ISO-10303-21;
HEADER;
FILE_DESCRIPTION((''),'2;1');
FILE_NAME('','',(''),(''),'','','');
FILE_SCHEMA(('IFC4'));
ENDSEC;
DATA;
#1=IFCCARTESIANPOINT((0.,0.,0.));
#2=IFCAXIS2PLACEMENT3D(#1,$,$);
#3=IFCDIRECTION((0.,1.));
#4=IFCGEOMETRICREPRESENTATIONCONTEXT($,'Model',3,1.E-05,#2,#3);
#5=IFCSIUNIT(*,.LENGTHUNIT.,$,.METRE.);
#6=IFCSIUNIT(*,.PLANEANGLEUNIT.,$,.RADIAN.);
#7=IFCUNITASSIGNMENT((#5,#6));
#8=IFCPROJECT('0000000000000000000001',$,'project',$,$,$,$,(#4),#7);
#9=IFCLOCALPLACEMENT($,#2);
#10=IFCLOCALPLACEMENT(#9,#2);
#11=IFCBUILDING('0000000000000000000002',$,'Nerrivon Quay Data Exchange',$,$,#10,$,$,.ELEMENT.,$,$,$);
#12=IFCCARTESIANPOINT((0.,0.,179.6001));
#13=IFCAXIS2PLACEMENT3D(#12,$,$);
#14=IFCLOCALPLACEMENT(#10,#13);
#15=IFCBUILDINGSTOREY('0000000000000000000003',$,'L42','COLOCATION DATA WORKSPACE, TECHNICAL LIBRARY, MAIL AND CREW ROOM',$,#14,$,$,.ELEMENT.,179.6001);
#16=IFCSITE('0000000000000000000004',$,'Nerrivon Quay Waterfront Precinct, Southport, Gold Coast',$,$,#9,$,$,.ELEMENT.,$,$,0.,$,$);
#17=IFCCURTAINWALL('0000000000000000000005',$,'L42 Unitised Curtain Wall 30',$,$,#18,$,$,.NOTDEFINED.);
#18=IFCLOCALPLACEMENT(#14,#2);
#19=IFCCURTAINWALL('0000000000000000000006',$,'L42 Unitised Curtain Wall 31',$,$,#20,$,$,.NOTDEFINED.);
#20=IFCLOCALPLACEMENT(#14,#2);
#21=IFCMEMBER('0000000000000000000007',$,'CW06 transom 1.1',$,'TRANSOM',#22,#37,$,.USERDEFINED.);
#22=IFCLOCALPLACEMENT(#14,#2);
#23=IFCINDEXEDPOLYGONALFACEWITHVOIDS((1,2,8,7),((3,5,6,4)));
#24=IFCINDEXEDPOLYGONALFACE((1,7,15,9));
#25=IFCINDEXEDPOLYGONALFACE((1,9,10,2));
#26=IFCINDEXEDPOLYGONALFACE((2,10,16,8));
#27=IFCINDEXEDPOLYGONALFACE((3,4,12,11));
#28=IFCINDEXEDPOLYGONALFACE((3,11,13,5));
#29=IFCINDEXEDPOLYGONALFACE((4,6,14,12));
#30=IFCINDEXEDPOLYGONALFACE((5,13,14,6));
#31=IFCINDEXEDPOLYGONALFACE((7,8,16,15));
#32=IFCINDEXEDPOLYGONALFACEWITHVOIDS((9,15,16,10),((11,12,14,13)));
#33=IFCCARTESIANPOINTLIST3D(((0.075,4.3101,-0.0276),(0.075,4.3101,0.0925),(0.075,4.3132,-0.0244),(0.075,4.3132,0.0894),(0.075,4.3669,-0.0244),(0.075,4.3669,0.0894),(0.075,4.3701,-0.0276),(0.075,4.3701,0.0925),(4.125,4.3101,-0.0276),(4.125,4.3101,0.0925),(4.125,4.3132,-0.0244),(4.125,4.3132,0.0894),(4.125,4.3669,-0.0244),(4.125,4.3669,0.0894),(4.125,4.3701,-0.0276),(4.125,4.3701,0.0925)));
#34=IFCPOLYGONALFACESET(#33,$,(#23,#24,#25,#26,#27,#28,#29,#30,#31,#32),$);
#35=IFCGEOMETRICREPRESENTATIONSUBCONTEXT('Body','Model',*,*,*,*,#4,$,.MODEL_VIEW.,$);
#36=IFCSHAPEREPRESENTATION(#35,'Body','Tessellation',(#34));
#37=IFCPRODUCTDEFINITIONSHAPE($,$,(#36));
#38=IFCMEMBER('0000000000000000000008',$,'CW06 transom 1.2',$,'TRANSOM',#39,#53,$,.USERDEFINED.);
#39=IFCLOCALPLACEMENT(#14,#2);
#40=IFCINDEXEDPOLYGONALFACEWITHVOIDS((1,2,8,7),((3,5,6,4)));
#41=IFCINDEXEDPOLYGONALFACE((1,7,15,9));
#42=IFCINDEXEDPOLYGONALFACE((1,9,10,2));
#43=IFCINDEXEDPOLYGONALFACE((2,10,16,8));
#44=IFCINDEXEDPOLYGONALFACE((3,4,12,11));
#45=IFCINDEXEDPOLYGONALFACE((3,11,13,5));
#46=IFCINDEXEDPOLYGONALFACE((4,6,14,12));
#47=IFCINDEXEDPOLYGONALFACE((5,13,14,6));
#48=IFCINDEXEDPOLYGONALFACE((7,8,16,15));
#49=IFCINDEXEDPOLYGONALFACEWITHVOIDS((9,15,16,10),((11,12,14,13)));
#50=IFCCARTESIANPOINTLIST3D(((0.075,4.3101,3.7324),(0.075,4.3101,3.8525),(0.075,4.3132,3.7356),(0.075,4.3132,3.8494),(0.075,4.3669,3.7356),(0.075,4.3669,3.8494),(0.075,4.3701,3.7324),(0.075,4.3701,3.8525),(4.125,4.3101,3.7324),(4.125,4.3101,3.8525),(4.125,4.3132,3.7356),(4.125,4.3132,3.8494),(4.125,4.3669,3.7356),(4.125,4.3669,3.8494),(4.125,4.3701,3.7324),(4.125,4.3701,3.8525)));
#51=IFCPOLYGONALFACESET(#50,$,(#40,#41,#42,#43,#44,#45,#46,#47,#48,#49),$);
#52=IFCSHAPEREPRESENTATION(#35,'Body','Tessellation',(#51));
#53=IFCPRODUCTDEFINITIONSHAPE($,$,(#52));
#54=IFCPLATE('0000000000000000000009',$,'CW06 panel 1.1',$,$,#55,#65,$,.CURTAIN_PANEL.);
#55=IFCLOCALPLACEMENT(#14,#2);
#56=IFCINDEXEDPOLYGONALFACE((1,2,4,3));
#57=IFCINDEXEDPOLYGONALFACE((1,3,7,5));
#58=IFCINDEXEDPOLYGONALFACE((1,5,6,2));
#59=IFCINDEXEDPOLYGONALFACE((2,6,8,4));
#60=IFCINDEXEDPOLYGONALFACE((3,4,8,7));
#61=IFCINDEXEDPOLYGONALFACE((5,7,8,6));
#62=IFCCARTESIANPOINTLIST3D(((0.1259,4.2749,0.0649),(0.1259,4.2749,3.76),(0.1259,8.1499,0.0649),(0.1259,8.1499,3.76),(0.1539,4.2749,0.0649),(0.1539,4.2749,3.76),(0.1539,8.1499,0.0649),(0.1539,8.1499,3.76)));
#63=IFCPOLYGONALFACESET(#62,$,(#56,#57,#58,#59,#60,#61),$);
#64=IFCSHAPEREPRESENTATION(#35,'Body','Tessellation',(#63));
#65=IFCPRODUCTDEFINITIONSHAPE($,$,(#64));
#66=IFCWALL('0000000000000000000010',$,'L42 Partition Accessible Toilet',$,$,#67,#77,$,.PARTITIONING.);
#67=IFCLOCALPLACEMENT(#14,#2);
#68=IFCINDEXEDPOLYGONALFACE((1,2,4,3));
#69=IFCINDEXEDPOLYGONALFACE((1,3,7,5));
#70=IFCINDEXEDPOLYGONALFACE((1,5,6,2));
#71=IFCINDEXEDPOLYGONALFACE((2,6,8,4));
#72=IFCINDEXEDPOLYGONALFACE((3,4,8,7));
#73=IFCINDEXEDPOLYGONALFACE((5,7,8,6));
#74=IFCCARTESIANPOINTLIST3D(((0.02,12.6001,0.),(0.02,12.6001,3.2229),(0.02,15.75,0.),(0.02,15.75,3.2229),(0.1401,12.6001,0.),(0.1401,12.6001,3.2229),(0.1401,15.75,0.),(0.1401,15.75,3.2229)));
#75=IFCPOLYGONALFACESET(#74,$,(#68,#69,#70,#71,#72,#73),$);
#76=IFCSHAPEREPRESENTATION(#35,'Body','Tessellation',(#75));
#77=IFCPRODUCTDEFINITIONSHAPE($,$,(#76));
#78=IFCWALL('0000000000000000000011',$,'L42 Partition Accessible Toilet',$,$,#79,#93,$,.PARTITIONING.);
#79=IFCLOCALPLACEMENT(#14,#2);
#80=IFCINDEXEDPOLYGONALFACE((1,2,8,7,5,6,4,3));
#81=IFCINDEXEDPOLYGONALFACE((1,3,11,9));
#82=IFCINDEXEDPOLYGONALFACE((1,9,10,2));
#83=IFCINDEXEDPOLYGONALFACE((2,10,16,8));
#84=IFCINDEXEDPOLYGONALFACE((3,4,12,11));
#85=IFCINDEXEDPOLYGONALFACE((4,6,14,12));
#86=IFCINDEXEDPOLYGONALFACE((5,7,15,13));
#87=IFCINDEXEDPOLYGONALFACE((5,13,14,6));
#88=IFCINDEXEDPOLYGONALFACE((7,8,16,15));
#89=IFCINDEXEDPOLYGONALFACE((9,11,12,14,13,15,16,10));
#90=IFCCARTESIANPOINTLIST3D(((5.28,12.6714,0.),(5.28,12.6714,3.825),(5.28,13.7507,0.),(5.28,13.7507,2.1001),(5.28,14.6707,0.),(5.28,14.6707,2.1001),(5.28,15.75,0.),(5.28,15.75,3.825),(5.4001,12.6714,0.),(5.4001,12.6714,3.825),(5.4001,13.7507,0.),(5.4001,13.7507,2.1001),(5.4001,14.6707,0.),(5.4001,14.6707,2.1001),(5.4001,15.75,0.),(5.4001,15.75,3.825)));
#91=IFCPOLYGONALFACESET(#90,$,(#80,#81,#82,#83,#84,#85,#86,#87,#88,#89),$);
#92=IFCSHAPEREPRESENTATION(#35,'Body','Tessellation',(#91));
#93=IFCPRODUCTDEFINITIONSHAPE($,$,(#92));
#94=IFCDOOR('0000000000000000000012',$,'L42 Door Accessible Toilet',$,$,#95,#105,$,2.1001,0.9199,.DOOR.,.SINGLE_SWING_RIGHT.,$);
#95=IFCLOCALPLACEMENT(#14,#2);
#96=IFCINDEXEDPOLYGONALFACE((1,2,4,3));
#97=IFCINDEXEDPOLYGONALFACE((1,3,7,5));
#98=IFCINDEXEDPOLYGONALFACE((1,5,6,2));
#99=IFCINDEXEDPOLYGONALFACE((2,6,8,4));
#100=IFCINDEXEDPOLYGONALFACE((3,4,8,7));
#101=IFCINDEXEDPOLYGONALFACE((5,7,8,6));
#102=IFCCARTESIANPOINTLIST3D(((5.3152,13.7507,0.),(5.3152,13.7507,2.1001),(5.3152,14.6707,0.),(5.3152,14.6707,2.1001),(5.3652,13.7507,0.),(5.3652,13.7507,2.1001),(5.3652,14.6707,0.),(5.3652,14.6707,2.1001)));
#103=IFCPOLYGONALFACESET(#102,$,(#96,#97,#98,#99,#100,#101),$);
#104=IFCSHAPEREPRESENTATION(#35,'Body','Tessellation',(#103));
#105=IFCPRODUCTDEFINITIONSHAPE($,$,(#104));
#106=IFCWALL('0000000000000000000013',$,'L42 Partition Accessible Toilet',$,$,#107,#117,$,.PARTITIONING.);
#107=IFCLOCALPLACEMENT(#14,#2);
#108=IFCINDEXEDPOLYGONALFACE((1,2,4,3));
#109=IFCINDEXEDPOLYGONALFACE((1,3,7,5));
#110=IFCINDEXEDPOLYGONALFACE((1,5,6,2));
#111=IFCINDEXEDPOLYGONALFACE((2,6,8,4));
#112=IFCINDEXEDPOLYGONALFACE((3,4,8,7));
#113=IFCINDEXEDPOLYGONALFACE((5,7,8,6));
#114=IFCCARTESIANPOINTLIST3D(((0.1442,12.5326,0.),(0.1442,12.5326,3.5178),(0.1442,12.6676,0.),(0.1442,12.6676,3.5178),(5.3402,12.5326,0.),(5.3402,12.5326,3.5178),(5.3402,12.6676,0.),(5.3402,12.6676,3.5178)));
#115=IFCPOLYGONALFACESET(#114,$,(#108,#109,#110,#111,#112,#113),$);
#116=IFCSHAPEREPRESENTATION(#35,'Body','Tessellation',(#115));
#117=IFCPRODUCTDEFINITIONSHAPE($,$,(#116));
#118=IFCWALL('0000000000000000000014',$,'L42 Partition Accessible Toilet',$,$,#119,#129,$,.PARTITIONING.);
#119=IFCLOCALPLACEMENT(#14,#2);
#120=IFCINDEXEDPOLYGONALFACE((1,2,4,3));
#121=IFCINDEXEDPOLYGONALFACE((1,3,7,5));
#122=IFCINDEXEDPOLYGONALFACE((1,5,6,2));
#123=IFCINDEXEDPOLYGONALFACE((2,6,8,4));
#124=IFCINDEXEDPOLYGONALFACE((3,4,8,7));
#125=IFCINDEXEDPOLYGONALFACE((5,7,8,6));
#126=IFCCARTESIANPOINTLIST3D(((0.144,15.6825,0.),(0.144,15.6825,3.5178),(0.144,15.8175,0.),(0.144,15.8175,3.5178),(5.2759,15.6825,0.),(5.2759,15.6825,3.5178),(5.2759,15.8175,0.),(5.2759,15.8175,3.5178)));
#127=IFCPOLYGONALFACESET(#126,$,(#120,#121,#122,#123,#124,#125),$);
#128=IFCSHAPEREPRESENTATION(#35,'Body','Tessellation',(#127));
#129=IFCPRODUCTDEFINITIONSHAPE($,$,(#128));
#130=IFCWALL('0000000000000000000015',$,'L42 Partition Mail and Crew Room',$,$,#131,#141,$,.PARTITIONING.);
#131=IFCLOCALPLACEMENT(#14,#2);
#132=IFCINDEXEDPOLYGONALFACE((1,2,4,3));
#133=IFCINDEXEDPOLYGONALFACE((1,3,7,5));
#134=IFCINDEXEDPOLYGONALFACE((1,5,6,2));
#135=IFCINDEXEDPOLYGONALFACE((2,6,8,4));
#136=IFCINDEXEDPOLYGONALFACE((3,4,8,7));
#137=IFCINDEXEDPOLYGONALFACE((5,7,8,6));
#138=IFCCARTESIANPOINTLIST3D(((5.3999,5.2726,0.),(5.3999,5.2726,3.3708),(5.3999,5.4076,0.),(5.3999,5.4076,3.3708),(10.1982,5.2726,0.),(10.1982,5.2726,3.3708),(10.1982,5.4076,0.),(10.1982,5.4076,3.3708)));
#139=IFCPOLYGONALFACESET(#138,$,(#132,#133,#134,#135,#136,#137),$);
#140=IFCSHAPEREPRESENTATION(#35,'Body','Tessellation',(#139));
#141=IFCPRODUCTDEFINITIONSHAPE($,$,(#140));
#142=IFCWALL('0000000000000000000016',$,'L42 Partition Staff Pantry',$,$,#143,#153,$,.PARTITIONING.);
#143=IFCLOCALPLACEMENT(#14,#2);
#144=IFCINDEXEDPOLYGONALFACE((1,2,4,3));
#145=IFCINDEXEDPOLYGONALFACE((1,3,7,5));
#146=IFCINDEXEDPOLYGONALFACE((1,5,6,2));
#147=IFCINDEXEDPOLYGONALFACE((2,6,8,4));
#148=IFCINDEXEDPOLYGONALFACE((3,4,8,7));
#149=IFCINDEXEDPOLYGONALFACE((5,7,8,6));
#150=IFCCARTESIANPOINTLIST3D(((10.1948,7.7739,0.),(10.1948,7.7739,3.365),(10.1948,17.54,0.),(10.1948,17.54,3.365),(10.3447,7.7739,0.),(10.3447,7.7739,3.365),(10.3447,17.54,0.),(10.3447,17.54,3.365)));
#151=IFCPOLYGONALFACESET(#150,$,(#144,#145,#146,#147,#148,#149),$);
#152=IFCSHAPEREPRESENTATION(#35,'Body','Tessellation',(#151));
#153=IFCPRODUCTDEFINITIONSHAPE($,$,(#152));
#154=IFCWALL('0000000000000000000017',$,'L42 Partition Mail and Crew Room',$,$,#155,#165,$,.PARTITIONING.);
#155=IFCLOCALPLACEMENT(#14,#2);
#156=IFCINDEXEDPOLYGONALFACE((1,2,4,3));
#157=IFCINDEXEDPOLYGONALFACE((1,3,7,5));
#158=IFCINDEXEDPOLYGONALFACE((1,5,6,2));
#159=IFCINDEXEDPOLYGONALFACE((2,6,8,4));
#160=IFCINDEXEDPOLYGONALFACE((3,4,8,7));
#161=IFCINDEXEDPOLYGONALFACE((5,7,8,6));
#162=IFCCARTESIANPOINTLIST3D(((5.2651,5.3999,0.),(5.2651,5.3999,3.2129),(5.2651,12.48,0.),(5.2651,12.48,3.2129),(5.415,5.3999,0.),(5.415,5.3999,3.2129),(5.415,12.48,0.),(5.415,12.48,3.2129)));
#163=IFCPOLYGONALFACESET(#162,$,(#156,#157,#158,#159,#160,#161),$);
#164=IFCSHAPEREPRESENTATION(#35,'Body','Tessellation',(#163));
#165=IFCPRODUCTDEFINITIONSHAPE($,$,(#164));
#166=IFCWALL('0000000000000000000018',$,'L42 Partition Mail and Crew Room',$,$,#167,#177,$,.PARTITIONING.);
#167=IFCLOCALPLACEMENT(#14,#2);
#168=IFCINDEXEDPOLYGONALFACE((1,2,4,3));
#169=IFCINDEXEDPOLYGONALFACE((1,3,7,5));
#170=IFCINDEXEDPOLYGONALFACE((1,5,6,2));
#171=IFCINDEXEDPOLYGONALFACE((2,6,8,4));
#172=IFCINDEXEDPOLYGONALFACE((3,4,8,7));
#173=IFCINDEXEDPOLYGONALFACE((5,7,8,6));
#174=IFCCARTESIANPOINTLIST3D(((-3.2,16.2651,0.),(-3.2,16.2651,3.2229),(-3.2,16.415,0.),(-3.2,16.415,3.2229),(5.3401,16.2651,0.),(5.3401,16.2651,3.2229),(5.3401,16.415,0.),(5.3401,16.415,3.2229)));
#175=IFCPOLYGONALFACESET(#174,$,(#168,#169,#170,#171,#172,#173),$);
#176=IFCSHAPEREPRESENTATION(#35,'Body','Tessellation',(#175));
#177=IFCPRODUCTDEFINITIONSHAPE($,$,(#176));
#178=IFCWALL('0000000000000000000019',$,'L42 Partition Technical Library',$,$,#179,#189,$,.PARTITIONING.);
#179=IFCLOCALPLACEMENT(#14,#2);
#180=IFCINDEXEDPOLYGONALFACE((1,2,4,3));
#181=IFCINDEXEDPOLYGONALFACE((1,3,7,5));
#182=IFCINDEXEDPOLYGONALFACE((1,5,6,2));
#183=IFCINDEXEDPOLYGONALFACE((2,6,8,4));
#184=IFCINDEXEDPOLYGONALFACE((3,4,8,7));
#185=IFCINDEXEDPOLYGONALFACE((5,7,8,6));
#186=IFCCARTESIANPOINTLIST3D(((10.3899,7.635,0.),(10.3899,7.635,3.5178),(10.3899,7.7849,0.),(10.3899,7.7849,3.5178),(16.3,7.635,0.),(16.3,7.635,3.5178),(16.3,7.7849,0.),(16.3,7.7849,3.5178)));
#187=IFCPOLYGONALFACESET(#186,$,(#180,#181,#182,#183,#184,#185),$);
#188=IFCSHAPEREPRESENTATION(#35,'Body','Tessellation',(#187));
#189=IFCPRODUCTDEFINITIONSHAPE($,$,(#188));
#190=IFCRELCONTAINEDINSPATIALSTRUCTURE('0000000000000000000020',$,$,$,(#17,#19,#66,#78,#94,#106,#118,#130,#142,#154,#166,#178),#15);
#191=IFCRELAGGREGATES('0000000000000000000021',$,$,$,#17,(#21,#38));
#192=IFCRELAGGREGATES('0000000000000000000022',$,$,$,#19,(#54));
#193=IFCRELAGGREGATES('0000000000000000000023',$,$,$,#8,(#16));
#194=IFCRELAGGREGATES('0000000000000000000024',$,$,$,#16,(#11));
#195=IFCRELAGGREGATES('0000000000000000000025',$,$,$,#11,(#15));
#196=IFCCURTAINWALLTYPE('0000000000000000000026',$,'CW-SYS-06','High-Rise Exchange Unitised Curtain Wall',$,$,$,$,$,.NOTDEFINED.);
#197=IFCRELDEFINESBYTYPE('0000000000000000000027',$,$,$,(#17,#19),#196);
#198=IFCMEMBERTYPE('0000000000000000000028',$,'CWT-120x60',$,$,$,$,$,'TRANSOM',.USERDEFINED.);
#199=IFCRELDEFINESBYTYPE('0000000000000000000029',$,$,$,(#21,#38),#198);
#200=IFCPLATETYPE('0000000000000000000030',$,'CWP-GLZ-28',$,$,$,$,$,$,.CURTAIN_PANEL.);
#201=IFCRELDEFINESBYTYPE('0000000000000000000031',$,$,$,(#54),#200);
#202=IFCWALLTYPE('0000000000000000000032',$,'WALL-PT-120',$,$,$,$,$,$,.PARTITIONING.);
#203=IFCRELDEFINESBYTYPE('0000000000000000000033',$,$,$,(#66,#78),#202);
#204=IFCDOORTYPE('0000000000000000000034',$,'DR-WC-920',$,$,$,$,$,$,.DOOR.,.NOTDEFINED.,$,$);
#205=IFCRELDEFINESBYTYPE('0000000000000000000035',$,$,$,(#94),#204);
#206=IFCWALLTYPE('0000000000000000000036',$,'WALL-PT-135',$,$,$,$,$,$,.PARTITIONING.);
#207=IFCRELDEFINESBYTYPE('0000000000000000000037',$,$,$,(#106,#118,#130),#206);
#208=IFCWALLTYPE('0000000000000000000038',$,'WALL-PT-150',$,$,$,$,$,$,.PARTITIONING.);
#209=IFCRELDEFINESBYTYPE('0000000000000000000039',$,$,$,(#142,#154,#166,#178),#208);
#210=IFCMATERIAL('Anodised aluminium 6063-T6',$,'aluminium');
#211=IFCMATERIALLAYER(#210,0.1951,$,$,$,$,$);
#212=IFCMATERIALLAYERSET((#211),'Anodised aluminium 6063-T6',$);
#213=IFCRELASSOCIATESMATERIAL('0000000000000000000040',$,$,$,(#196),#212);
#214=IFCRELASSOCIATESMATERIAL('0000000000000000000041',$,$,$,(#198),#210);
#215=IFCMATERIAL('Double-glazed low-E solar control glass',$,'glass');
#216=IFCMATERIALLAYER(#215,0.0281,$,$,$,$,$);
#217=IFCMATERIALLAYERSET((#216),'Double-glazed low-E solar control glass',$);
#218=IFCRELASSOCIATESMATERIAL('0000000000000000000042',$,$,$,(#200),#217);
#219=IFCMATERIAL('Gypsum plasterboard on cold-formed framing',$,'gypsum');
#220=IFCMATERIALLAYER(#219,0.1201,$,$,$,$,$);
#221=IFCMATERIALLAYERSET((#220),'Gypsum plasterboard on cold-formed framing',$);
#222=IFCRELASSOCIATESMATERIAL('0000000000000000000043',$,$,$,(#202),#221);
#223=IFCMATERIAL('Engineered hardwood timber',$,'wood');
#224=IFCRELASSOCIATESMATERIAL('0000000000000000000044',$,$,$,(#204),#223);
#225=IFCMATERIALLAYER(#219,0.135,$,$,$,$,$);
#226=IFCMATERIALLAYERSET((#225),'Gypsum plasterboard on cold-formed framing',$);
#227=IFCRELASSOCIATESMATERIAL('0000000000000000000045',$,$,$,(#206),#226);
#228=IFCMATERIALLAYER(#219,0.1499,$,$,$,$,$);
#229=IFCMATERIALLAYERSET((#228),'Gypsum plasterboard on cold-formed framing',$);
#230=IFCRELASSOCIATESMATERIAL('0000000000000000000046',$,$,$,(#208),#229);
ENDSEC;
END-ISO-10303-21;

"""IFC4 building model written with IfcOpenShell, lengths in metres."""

from ifc_helpers import new_model, si_unit, direction, frame, frame_2d, origin, origin_2d, place, context, subcontext, project, spatial, rectangle, hollow_rectangle, extrude, material, layer, layer_set, material_profile, profile_set, type_object, element, fill, aggregate, save


model = new_model("IFC4")

# Units and contexts
model_context = context("Model", 3, precision=1e-05, world=origin(), true_north=direction((0.0, 1.0)))
body_context = subcontext(model_context, "Body", "Model", "MODEL_VIEW")
ifc_project = project(units=[si_unit("LENGTHUNIT", "METRE"), si_unit("PLANEANGLEUNIT", "RADIAN")], contexts=[model_context])

# Site, building, storey
site_placement = place(None, origin())
site = spatial("IfcSite", under=ifc_project, at=site_placement, Name="Nerrivon Quay Waterfront Precinct, Southport, Gold Coast", CompositionType="ELEMENT", RefElevation=0.0)
building_placement = place(site_placement, origin())
building = spatial("IfcBuilding", under=site, at=building_placement, Name="Nerrivon Quay Data Exchange", CompositionType="ELEMENT")
storey_placement = place(building_placement, frame((0.0, 0.0, 179.6001)))
storey = spatial("IfcBuildingStorey", under=building, at=storey_placement, Name="L42", Description="COLOCATION DATA WORKSPACE, TECHNICAL LIBRARY, MAIL AND CREW ROOM", CompositionType="ELEMENT", Elevation=179.6001)

# Curtain walls
ifc_material_1 = material(Name="Anodised aluminium 6063-T6", Category="aluminium")
ifc_layer_1 = layer(ifc_material_1, 0.1951)
ifc_layer_set_1 = layer_set([ifc_layer_1], Name="Anodised aluminium 6063-T6")
curtain_wall_type = type_object("IfcCurtainWallType", Name="CW-SYS-06", Description="High-Rise Exchange Unitised Curtain Wall", PredefinedType="NOTDEFINED", material=ifc_layer_set_1)
curtain_wall_1_placement = place(storey_placement, origin())
curtain_wall_1 = element("IfcCurtainWall", 1, at=curtain_wall_1_placement, inside=storey, type_object=curtain_wall_type, Name="L42 Unitised Curtain Wall 30", PredefinedType="NOTDEFINED")
curtain_wall_2_placement = place(storey_placement, origin())
curtain_wall_2 = element("IfcCurtainWall", 2, at=curtain_wall_2_placement, inside=storey, type_object=curtain_wall_type, Name="L42 Unitised Curtain Wall 31", PredefinedType="NOTDEFINED")

# Members
ifc_material_profile_1 = material_profile(ifc_material_1, hollow_rectangle(XDim=0.0601, YDim=0.1201, WallThickness=0.0032, at=origin_2d()), Name="ALU-TRAN-120x60")
ifc_profile_set_1 = profile_set([ifc_material_profile_1], Name="Anodised aluminium 6063-T6")
member_type_1 = type_object("IfcMemberType", Name="CWT-120x60", ElementType="TRANSOM", PredefinedType="USERDEFINED", material=ifc_profile_set_1)
member_1_placement = place(storey_placement, frame((4.125, 4.3401, 0.0325), z_axis=(-1.0, 0.0, 0.0), x_axis=(0.0, -1.0, 0.0)))
member_1 = element("IfcMember", 3, at=member_1_placement, type_object=member_type_1, Name="CW06 transom 1.1", ObjectType="TRANSOM", PredefinedType="USERDEFINED", context=body_context, shape_type="SweptSolid", body=[
    extrude(hollow_rectangle(XDim=0.0601, YDim=0.1201, WallThickness=0.0032, at=origin_2d()), origin(), (0.0, 0.0, 1.0), 4.05),
])
member_2_placement = place(storey_placement, frame((4.125, 4.3401, 3.7925), z_axis=(-1.0, 0.0, 0.0), x_axis=(0.0, -1.0, 0.0)))
member_2 = element("IfcMember", 4, at=member_2_placement, type_object=member_type_1, Name="CW06 transom 1.2", ObjectType="TRANSOM", PredefinedType="USERDEFINED", context=body_context, shape_type="SweptSolid", body=[
    extrude(hollow_rectangle(XDim=0.0601, YDim=0.1201, WallThickness=0.0032, at=origin_2d()), origin(), (0.0, 0.0, 1.0), 4.05),
])
aggregate(curtain_wall_1, [member_1, member_2])

# Plate
ifc_material_2 = material(Name="Double-glazed low-E solar control glass", Category="glass")
ifc_layer_2 = layer(ifc_material_2, 0.0281)
ifc_layer_set_2 = layer_set([ifc_layer_2], Name="Double-glazed low-E solar control glass")
plate_type = type_object("IfcPlateType", Name="CWP-GLZ-28", PredefinedType="CURTAIN_PANEL", material=ifc_layer_set_2)
plate_placement = place(storey_placement, frame((0.1399, 6.2124, 0.0649), z_axis=(0.0, 0.0, 1.0), x_axis=(0.0, 1.0, 0.0)))
plate = element("IfcPlate", 5, at=plate_placement, type_object=plate_type, Name="CW06 panel 1.1", PredefinedType="CURTAIN_PANEL", context=body_context, shape_type="SweptSolid", body=[
    extrude(rectangle(XDim=3.875, YDim=0.0281, at=origin_2d()), origin(), (0.0, 0.0, 1.0), 3.6951),
])
aggregate(curtain_wall_2, [plate])

# Wall
ifc_material_3 = material(Name="Gypsum plasterboard on cold-formed framing", Category="gypsum")
ifc_layer_3 = layer(ifc_material_3, 0.1201)
ifc_layer_set_3 = layer_set([ifc_layer_3], Name="Gypsum plasterboard on cold-formed framing")
wall_type_1 = type_object("IfcWallType", Name="WALL-PT-120", PredefinedType="PARTITIONING", material=ifc_layer_set_3)
wall_1_placement = place(storey_placement, frame((0.0801, 15.75, 0.0), z_axis=(0.0, 0.0, 1.0), x_axis=(0.0, -1.0, 0.0)))
element("IfcWall", 6, at=wall_1_placement, inside=storey, type_object=wall_type_1, Name="L42 Partition Accessible Toilet", PredefinedType="PARTITIONING", context=body_context, shape_type="SweptSolid", body=[
    extrude(rectangle(XDim=3.1499, YDim=0.1201, at=frame_2d((1.575, 0.0))), origin(), (0.0, 0.0, 1.0), 3.2229),
])

# Wall, opening, door
wall_2_placement = place(storey_placement, frame((5.3401, 12.6714, 0.0), z_axis=(0.0, 0.0, 1.0), x_axis=(0.0, 1.0, 0.0)))
wall_2 = element("IfcWall", 7, at=wall_2_placement, inside=storey, type_object=wall_type_1, Name="L42 Partition Accessible Toilet", PredefinedType="PARTITIONING", context=body_context, shape_type="SweptSolid", body=[
    extrude(rectangle(XDim=3.0786, YDim=0.1201, at=frame_2d((1.5393, 0.0))), origin(), (0.0, 0.0, 1.0), 3.825),
])
opening_placement = place(wall_2_placement, frame((1.0793, 0.0, 0.0)))
opening = element("IfcOpeningElement", 8, at=opening_placement, cuts=wall_2, PredefinedType="OPENING", context=body_context, shape_type="SweptSolid", body=[
    extrude(rectangle(XDim=0.9199, YDim=2.1001, at=frame_2d((0.46, 1.05))), frame((0.0, 0.0701, 0.0), z_axis=(0.0, -1.0, 0.0), x_axis=(1.0, 0.0, 0.0)), (0.0, 0.0, 1.0), 0.1401),
])
ifc_material_4 = material(Name="Engineered hardwood timber", Category="wood")
door_type = type_object("IfcDoorType", Name="DR-WC-920", OperationType="NOTDEFINED", PredefinedType="DOOR", material=ifc_material_4)
door_placement = place(opening_placement, origin())
door = element("IfcDoor", 9, at=door_placement, inside=storey, type_object=door_type, Name="L42 Door Accessible Toilet", OperationType="SINGLE_SWING_RIGHT", OverallHeight=2.1001, OverallWidth=0.9199, PredefinedType="DOOR", context=body_context, shape_type="SweptSolid", body=[
    extrude(rectangle(XDim=0.9199, YDim=2.1001, at=frame_2d((0.46, 1.05))), frame((0.0, 0.0249, 0.0), z_axis=(0.0, -1.0, 0.0), x_axis=(1.0, 0.0, 0.0)), (0.0, 0.0, 1.0), 0.05),
])
fill(opening, door)

# Walls
ifc_layer_4 = layer(ifc_material_3, 0.135)
ifc_layer_set_4 = layer_set([ifc_layer_4], Name="Gypsum plasterboard on cold-formed framing")
wall_type_2 = type_object("IfcWallType", Name="WALL-PT-135", PredefinedType="PARTITIONING", material=ifc_layer_set_4)
wall_3_placement = place(storey_placement, frame((0.144, 12.6001, 0.0), z_axis=(0.0, 0.0, 1.0), x_axis=(1.0, 0.0, 0.0)))
element("IfcWall", 10, at=wall_3_placement, inside=storey, type_object=wall_type_2, Name="L42 Partition Accessible Toilet", PredefinedType="PARTITIONING", context=body_context, shape_type="SweptSolid", body=[
    extrude(rectangle(XDim=5.196, YDim=0.135, at=frame_2d((2.5981, 0.0))), origin(), (0.0, 0.0, 1.0), 3.5178),
])
wall_4_placement = place(storey_placement, frame((5.2759, 15.75, 0.0), z_axis=(0.0, 0.0, 1.0), x_axis=(-1.0, 0.0, 0.0)))
element("IfcWall", 11, at=wall_4_placement, inside=storey, type_object=wall_type_2, Name="L42 Partition Accessible Toilet", PredefinedType="PARTITIONING", context=body_context, shape_type="SweptSolid", body=[
    extrude(rectangle(XDim=5.1318, YDim=0.135, at=frame_2d((2.5659, 0.0))), origin(), (0.0, 0.0, 1.0), 3.5178),
])
wall_5_placement = place(storey_placement, frame((10.1982, 5.3401, 0.0), z_axis=(0.0, 0.0, 1.0), x_axis=(-1.0, 0.0, 0.0)))
element("IfcWall", 12, at=wall_5_placement, inside=storey, type_object=wall_type_2, Name="L42 Partition Mail and Crew Room", PredefinedType="PARTITIONING", context=body_context, shape_type="SweptSolid", body=[
    extrude(rectangle(XDim=4.7983, YDim=0.135, at=frame_2d((2.3992, 0.0))), origin(), (0.0, 0.0, 1.0), 3.3708),
])
ifc_layer_5 = layer(ifc_material_3, 0.1499)
ifc_layer_set_5 = layer_set([ifc_layer_5], Name="Gypsum plasterboard on cold-formed framing")
wall_type_3 = type_object("IfcWallType", Name="WALL-PT-150", PredefinedType="PARTITIONING", material=ifc_layer_set_5)
wall_6_placement = place(storey_placement, frame((10.2698, 7.7739, 0.0), z_axis=(0.0, 0.0, 1.0), x_axis=(0.0, 1.0, 0.0)))
element("IfcWall", 13, at=wall_6_placement, inside=storey, type_object=wall_type_3, Name="L42 Partition Staff Pantry", PredefinedType="PARTITIONING", context=body_context, shape_type="SweptSolid", body=[
    extrude(rectangle(XDim=9.7661, YDim=0.1499, at=frame_2d((4.8831, 0.0))), origin(), (0.0, 0.0, 1.0), 3.365),
])
wall_7_placement = place(storey_placement, frame((5.3401, 5.3999, 0.0), z_axis=(0.0, 0.0, 1.0), x_axis=(0.0, 1.0, 0.0)))
element("IfcWall", 14, at=wall_7_placement, inside=storey, type_object=wall_type_3, Name="L42 Partition Mail and Crew Room", PredefinedType="PARTITIONING", context=body_context, shape_type="SweptSolid", body=[
    extrude(rectangle(XDim=7.0801, YDim=0.1499, at=frame_2d((3.54, 0.0))), origin(), (0.0, 0.0, 1.0), 3.2129),
])
wall_8_placement = place(storey_placement, frame((5.3401, 16.3401, 0.0), z_axis=(0.0, 0.0, 1.0), x_axis=(-1.0, 0.0, 0.0)))
element("IfcWall", 15, at=wall_8_placement, inside=storey, type_object=wall_type_3, Name="L42 Partition Mail and Crew Room", PredefinedType="PARTITIONING", context=body_context, shape_type="SweptSolid", body=[
    extrude(rectangle(XDim=8.54, YDim=0.1499, at=frame_2d((4.27, 0.0))), origin(), (0.0, 0.0, 1.0), 3.2229),
])
wall_9_placement = place(storey_placement, frame((10.3899, 7.71, 0.0), z_axis=(0.0, 0.0, 1.0), x_axis=(1.0, 0.0, 0.0)))
element("IfcWall", 16, at=wall_9_placement, inside=storey, type_object=wall_type_3, Name="L42 Partition Technical Library", PredefinedType="PARTITIONING", context=body_context, shape_type="SweptSolid", body=[
    extrude(rectangle(XDim=5.9102, YDim=0.1499, at=frame_2d((2.9551, 0.0))), origin(), (0.0, 0.0, 1.0), 3.5178),
])

save(model, "model.ifc")
